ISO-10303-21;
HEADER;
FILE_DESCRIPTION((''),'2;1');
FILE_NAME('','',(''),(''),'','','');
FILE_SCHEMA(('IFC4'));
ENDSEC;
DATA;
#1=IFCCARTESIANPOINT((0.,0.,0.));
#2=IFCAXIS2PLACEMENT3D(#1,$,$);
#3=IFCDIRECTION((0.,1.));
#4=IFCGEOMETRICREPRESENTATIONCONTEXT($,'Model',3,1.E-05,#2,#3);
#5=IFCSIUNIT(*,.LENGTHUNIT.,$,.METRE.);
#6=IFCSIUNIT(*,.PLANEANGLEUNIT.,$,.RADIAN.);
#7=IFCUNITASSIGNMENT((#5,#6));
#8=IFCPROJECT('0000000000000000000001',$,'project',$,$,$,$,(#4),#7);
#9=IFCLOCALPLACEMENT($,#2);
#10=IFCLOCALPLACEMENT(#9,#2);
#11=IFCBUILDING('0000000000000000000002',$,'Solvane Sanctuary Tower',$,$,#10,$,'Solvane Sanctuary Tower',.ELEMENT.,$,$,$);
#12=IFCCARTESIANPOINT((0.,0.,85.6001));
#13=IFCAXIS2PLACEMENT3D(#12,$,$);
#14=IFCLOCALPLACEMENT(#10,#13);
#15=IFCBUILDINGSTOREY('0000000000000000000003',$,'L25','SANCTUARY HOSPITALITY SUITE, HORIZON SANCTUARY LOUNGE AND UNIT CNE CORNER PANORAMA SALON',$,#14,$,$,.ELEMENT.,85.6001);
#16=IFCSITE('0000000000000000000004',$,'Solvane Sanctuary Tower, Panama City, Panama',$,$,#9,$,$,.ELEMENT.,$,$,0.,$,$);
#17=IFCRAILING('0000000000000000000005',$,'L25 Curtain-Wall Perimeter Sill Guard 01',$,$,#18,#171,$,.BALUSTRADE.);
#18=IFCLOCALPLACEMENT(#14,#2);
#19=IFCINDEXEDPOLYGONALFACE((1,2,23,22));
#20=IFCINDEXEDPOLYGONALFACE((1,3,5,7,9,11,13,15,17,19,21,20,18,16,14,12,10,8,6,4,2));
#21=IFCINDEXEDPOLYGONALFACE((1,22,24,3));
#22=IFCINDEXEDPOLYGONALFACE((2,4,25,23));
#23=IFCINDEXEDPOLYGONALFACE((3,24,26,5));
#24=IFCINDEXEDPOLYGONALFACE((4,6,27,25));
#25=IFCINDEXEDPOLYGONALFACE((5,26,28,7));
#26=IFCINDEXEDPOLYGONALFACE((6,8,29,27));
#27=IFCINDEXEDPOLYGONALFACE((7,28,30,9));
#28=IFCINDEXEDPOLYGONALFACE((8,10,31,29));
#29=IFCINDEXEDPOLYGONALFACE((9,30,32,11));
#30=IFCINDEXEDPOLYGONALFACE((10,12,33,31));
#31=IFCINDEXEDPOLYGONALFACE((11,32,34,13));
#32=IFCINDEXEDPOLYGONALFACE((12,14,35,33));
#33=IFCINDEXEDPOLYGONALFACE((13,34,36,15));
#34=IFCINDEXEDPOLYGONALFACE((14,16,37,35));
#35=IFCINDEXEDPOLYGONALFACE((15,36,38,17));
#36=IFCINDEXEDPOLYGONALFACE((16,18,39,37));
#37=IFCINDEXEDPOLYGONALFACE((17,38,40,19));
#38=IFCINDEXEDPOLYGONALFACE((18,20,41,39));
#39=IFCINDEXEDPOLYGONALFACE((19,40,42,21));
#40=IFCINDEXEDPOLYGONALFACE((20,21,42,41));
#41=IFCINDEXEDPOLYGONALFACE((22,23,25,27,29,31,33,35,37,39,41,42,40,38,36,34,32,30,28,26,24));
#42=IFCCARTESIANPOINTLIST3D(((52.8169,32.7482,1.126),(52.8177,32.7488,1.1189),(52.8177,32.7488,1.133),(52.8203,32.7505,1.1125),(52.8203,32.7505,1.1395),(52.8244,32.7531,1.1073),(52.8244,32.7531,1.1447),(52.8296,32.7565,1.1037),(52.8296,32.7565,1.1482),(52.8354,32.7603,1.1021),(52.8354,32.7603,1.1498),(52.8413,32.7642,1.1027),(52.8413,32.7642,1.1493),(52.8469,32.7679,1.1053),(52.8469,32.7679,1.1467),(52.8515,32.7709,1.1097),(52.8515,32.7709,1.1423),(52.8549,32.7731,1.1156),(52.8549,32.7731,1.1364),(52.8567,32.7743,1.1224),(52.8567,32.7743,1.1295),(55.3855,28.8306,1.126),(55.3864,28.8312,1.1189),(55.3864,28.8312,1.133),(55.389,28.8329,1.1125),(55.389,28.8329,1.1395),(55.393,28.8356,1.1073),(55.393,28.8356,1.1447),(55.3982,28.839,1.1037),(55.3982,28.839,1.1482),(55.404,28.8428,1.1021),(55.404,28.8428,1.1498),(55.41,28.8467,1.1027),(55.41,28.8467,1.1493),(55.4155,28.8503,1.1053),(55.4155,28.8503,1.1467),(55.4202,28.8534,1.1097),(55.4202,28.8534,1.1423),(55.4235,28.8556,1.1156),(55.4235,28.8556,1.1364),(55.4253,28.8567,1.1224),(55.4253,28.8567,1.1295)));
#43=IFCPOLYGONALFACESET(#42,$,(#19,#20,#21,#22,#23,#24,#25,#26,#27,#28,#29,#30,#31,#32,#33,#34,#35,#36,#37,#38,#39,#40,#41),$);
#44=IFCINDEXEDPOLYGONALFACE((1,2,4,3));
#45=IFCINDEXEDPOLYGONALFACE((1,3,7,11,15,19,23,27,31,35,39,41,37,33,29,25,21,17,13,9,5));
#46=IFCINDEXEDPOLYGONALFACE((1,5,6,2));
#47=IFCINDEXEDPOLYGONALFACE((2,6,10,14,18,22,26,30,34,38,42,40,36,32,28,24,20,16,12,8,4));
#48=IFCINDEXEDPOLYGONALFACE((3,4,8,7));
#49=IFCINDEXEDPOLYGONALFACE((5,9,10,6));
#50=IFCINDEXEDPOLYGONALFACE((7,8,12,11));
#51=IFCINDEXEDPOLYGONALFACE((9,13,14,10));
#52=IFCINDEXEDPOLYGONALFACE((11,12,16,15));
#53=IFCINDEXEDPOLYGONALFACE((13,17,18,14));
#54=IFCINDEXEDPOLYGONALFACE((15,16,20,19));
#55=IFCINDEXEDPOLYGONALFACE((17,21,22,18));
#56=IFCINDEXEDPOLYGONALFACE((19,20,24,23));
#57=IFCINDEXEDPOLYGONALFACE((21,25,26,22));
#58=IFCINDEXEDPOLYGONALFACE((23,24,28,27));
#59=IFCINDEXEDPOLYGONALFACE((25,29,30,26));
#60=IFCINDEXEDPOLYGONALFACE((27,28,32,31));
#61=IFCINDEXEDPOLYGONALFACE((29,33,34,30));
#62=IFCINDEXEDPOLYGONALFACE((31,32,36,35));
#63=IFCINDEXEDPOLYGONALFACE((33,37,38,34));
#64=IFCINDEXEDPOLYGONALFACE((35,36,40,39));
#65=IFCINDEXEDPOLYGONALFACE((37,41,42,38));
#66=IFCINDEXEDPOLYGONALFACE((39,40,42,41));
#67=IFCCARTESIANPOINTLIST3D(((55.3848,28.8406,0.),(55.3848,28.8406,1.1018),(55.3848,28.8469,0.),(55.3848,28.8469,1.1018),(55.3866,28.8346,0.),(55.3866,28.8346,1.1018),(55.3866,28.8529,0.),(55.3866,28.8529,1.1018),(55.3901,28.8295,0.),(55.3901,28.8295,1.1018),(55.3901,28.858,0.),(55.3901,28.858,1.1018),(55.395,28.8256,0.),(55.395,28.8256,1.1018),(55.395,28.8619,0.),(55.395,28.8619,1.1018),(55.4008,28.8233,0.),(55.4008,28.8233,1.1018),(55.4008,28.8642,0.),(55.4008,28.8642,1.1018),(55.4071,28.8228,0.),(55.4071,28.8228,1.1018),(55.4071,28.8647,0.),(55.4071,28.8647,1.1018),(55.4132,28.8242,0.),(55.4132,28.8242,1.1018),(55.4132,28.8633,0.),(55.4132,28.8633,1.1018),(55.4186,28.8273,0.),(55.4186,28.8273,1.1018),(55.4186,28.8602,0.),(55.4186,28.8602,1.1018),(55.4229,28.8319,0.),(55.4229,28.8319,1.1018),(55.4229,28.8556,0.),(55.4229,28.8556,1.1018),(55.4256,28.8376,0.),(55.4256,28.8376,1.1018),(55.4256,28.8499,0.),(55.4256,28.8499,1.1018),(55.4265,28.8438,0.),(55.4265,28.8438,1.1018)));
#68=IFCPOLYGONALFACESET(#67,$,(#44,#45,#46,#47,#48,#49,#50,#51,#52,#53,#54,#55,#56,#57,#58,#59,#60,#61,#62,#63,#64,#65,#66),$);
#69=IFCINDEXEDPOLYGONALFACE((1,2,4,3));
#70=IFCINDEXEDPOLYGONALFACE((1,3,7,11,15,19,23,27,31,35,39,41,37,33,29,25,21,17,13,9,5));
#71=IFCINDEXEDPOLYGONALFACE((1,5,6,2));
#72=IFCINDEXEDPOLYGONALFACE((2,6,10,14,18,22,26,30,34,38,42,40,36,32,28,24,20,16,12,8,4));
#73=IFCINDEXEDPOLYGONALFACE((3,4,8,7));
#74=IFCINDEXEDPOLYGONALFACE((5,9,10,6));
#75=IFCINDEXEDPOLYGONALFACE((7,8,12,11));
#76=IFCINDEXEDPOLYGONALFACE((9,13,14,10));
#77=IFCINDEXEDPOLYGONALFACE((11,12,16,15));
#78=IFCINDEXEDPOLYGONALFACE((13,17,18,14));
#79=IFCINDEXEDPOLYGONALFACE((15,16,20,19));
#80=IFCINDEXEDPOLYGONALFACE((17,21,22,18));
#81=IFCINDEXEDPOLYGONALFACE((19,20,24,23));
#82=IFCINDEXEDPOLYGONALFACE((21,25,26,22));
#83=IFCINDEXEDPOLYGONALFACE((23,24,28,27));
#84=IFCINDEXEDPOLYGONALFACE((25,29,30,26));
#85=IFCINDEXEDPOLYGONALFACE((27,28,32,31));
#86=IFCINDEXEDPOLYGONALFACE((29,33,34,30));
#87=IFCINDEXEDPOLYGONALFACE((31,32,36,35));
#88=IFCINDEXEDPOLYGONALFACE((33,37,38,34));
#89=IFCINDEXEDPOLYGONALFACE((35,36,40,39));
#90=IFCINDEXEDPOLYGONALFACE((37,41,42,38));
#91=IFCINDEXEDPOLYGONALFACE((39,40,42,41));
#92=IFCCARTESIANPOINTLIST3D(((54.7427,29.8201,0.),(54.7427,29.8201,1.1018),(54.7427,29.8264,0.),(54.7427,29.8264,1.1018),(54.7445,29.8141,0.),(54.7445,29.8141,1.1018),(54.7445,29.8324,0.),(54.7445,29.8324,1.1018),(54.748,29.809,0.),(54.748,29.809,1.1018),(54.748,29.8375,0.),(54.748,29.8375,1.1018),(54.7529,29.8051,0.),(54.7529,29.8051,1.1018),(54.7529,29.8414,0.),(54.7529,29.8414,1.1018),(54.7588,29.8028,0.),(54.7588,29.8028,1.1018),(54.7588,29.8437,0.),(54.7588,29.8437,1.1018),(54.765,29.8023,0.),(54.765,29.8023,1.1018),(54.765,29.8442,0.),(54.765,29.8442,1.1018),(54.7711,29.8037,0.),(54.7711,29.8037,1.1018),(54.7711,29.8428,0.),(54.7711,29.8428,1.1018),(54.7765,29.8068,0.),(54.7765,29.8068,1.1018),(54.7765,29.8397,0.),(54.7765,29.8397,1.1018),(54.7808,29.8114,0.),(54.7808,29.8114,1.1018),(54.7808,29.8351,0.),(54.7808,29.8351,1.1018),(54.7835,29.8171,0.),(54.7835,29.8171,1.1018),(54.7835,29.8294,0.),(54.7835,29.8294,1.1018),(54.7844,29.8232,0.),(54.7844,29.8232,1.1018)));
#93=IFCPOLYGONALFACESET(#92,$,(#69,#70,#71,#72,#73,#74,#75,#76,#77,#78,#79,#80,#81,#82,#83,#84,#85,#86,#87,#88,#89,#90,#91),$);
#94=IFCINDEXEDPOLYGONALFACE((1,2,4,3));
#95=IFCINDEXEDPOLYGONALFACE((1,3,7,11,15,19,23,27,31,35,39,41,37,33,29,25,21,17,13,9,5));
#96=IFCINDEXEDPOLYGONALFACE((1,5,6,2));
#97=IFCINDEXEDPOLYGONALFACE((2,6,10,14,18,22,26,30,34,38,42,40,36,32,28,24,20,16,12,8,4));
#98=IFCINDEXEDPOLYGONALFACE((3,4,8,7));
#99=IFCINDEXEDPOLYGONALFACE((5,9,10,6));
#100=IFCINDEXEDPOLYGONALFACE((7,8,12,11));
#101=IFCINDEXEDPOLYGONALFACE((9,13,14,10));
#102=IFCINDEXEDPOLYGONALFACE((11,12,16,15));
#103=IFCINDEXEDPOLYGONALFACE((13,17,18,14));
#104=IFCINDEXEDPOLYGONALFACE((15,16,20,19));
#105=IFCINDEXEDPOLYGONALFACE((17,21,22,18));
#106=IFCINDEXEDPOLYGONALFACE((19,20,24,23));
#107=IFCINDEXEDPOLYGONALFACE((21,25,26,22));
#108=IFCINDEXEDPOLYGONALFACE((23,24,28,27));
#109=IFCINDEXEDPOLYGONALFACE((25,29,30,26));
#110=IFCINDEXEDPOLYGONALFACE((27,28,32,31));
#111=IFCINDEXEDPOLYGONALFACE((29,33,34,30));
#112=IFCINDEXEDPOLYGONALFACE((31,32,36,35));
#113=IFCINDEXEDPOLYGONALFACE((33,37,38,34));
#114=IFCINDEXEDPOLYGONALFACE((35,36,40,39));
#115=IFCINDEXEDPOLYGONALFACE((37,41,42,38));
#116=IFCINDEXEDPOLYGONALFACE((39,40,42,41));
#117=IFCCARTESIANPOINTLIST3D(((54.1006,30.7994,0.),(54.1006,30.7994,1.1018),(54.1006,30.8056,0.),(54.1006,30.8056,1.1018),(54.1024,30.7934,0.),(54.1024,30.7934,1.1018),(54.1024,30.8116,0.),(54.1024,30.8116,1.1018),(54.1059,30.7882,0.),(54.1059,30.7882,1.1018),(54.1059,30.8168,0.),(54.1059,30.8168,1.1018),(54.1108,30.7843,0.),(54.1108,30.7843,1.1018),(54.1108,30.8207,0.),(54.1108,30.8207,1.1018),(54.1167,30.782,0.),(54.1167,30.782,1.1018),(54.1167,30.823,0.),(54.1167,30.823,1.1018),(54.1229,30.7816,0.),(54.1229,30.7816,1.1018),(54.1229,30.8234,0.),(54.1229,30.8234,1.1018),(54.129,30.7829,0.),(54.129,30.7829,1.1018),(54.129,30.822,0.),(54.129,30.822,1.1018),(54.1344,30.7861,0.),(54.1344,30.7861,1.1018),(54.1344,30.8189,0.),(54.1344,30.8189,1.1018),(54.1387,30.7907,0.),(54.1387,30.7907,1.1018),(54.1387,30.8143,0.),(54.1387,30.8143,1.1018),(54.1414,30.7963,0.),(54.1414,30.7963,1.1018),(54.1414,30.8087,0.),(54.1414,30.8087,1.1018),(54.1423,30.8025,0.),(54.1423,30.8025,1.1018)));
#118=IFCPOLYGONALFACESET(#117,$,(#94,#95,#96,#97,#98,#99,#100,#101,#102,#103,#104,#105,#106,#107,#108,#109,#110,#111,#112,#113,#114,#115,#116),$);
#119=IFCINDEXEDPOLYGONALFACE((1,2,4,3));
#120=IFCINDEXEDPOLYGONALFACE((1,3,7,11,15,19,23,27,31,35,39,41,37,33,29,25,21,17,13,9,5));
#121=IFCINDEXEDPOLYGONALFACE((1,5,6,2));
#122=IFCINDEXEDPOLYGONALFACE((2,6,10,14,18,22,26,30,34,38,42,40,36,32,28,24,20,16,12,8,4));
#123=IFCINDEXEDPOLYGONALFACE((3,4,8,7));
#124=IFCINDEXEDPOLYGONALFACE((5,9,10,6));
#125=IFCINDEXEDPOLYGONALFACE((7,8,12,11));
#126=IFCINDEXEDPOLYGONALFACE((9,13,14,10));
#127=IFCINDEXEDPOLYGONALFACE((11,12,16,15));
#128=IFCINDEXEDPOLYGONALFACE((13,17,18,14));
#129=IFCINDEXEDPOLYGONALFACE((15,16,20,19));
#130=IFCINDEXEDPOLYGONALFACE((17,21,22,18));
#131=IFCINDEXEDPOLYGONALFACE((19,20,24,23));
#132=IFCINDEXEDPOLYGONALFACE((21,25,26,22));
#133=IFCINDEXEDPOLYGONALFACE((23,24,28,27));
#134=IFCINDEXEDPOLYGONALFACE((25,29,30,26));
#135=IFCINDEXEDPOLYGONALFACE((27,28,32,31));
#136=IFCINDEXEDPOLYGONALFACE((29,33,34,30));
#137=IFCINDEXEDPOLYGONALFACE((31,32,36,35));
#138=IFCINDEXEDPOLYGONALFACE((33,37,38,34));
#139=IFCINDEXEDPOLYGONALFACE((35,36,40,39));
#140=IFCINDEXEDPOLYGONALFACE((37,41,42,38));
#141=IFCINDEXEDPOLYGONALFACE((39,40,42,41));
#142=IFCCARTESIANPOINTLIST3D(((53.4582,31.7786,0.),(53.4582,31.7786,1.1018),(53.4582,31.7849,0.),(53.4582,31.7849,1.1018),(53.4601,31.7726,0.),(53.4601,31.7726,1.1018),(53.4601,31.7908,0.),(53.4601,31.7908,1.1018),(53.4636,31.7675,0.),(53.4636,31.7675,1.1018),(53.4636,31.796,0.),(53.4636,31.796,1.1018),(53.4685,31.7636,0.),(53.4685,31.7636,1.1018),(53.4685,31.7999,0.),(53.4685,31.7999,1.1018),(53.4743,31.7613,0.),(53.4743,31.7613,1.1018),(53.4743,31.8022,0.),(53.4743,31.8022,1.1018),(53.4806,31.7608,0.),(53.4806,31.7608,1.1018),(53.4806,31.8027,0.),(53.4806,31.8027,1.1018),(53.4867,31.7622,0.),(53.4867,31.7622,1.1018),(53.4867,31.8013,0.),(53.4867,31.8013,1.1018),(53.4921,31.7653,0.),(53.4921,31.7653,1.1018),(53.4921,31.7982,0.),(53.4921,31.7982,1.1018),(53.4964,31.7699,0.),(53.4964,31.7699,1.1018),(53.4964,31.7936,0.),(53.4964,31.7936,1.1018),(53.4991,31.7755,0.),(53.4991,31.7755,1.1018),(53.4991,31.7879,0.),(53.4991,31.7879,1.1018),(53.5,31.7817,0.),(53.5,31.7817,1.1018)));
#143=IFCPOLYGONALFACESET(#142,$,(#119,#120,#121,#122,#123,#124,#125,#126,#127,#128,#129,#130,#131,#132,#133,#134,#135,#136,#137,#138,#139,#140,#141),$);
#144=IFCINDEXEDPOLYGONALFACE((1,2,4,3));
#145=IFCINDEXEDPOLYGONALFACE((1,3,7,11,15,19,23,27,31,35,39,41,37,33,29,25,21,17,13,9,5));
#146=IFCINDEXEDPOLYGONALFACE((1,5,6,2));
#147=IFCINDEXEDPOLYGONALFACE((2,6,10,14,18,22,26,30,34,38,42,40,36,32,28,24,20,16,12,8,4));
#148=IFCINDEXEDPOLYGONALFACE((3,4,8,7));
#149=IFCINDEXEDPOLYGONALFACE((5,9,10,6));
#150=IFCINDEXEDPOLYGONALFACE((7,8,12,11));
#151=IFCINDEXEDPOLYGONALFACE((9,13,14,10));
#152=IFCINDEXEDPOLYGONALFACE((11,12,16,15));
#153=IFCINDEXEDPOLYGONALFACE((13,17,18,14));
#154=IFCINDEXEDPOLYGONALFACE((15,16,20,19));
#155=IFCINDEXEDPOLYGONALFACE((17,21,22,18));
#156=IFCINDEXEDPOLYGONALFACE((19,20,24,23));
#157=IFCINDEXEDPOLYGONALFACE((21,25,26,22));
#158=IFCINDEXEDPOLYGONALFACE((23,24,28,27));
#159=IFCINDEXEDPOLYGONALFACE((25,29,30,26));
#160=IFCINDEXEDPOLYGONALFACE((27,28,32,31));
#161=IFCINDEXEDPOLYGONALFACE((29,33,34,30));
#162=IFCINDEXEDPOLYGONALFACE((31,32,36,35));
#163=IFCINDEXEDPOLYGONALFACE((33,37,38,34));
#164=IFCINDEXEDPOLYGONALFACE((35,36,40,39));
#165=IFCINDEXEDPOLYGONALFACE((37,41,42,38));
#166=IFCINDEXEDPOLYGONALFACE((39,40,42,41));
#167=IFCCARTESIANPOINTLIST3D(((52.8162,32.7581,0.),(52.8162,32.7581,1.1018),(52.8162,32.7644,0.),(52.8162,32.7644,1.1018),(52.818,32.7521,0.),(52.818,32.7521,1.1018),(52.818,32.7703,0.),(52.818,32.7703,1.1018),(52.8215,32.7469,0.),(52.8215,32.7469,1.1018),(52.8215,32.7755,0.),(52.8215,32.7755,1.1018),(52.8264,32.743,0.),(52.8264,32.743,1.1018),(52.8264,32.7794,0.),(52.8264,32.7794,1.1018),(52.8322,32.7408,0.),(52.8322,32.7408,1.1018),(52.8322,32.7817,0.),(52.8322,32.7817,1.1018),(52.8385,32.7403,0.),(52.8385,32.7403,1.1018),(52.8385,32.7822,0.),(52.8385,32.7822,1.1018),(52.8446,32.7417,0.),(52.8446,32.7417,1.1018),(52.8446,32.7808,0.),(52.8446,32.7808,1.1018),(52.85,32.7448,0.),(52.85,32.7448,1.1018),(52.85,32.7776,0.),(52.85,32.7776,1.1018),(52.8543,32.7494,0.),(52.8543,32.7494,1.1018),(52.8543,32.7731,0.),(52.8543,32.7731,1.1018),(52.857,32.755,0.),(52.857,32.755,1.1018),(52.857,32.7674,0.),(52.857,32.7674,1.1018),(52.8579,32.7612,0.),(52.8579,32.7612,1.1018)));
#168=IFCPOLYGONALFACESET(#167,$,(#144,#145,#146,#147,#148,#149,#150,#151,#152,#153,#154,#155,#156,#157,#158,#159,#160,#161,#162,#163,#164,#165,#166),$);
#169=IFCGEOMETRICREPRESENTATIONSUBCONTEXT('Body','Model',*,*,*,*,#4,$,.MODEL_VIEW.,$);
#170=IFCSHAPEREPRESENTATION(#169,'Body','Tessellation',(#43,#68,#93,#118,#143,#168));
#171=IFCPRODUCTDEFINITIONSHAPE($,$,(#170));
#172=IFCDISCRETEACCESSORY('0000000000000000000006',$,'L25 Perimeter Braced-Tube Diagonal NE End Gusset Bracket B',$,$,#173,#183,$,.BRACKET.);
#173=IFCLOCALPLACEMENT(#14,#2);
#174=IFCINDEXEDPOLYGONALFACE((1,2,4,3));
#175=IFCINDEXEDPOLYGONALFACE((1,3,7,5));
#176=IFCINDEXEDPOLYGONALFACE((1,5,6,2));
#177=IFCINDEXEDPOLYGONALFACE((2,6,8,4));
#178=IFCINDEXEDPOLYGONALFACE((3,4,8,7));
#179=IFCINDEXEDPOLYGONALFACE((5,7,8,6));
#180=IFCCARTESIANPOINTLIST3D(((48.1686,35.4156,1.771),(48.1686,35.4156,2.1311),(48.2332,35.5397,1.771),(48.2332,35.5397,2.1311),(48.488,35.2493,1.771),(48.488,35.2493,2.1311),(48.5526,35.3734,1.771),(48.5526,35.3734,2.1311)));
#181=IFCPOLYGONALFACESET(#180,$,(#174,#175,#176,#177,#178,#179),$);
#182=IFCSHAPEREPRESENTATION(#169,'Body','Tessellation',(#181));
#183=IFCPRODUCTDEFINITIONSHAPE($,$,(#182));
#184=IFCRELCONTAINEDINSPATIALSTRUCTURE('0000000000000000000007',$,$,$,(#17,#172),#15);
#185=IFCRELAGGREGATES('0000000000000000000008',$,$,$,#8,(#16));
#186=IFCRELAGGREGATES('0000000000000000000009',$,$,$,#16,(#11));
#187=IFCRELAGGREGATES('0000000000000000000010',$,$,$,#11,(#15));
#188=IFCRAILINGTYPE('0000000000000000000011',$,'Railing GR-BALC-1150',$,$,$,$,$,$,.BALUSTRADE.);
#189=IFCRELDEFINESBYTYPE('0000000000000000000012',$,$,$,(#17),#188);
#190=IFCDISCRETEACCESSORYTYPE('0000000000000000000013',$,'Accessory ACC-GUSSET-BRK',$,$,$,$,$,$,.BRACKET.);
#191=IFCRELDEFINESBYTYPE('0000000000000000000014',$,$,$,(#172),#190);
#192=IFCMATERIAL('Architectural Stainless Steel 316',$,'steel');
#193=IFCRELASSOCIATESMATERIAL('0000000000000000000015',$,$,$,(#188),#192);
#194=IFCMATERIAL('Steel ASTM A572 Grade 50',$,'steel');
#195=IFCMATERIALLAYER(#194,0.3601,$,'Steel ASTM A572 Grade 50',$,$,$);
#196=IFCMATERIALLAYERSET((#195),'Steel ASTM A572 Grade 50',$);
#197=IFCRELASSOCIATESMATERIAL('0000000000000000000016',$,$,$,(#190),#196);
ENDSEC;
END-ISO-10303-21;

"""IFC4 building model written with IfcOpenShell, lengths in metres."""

from ifc_helpers import new_model, si_unit, direction, frame, origin, origin_2d, place, context, subcontext, project, spatial, rectangle, circle, extrude, material, layer, layer_set, type_object, element, save


model = new_model("IFC4")

# Units and contexts
model_context = context("Model", 3, precision=1e-05, world=origin(), true_north=direction((0.0, 1.0)))
body_context = subcontext(model_context, "Body", "Model", "MODEL_VIEW")
ifc_project = project(units=[si_unit("LENGTHUNIT", "METRE"), si_unit("PLANEANGLEUNIT", "RADIAN")], contexts=[model_context])

# Site, building, storey
site_placement = place(None, origin())
site = spatial("IfcSite", under=ifc_project, at=site_placement, Name="Solvane Sanctuary Tower, Panama City, Panama", CompositionType="ELEMENT", RefElevation=0.0)
building_placement = place(site_placement, origin())
building = spatial("IfcBuilding", under=site, at=building_placement, Name="Solvane Sanctuary Tower", LongName="Solvane Sanctuary Tower", CompositionType="ELEMENT")
storey_placement = place(building_placement, frame((0.0, 0.0, 85.6001)))
storey = spatial("IfcBuildingStorey", under=building, at=storey_placement, Name="L25", Description="SANCTUARY HOSPITALITY SUITE, HORIZON SANCTUARY LOUNGE AND UNIT CNE CORNER PANORAMA SALON", CompositionType="ELEMENT", Elevation=85.6001)

# Railing
ifc_material_1 = material(Name="Architectural Stainless Steel 316", Category="steel")
railing_type = type_object("IfcRailingType", Name="Railing GR-BALC-1150", PredefinedType="BALUSTRADE", material=ifc_material_1)
railing_1_placement = place(storey_placement, frame((55.4055, 28.8438, 0.0)))
element("IfcRailing", 1, at=railing_1_placement, inside=storey, type_object=railing_type, Name="L25 Curtain-Wall Perimeter Sill Guard 01", PredefinedType="BALUSTRADE", context=body_context, shape_type="SweptSolid", body=[
    extrude(circle(Radius=0.0239, at=origin_2d()), frame((0.0, 0.0, 1.126), z_axis=(-0.548322, 0.836267, 0.0), x_axis=(-0.836267, -0.548322, 0.0)), (0.0, 0.0, 1.0), 4.6846),
    extrude(circle(Radius=0.021, at=origin_2d()), origin(), (0.0, 0.0, 1.0), 1.1018),
    extrude(circle(Radius=0.021, at=origin_2d()), frame((-0.6421, 0.9795, 0.0)), (0.0, 0.0, 1.0), 1.1018),
    extrude(circle(Radius=0.021, at=origin_2d()), frame((-1.2842, 1.9587, 0.0)), (0.0, 0.0, 1.0), 1.1018),
    extrude(circle(Radius=0.021, at=origin_2d()), frame((-1.9265, 2.938, 0.0)), (0.0, 0.0, 1.0), 1.1018),
    extrude(circle(Radius=0.021, at=origin_2d()), frame((-2.5686, 3.9175, 0.0)), (0.0, 0.0, 1.0), 1.1018),
])

# Discrete accessory
ifc_material_2 = material(Name="Steel ASTM A572 Grade 50", Category="steel")
ifc_layer_1 = layer(ifc_material_2, 0.3601, Name="Steel ASTM A572 Grade 50")
ifc_layer_set_1 = layer_set([ifc_layer_1], Name="Steel ASTM A572 Grade 50")
discrete_accessory_type = type_object("IfcDiscreteAccessoryType", Name="Accessory ACC-GUSSET-BRK", PredefinedType="BRACKET", material=ifc_layer_set_1)
discrete_accessory_placement = place(storey_placement, frame((48.3606, 35.3945, 1.771), z_axis=(0.0, 0.0, 1.0), x_axis=(0.887011, -0.461749, 0.0)))
element("IfcDiscreteAccessory", 2, at=discrete_accessory_placement, inside=storey, type_object=discrete_accessory_type, Name="L25 Perimeter Braced-Tube Diagonal NE End Gusset Bracket B", PredefinedType="BRACKET", context=body_context, shape_type="SweptSolid", body=[
    extrude(rectangle(XDim=0.3601, YDim=0.1399, at=origin_2d()), origin(), (0.0, 0.0, 1.0), 0.3601),
])

save(model, "model.ifc")
